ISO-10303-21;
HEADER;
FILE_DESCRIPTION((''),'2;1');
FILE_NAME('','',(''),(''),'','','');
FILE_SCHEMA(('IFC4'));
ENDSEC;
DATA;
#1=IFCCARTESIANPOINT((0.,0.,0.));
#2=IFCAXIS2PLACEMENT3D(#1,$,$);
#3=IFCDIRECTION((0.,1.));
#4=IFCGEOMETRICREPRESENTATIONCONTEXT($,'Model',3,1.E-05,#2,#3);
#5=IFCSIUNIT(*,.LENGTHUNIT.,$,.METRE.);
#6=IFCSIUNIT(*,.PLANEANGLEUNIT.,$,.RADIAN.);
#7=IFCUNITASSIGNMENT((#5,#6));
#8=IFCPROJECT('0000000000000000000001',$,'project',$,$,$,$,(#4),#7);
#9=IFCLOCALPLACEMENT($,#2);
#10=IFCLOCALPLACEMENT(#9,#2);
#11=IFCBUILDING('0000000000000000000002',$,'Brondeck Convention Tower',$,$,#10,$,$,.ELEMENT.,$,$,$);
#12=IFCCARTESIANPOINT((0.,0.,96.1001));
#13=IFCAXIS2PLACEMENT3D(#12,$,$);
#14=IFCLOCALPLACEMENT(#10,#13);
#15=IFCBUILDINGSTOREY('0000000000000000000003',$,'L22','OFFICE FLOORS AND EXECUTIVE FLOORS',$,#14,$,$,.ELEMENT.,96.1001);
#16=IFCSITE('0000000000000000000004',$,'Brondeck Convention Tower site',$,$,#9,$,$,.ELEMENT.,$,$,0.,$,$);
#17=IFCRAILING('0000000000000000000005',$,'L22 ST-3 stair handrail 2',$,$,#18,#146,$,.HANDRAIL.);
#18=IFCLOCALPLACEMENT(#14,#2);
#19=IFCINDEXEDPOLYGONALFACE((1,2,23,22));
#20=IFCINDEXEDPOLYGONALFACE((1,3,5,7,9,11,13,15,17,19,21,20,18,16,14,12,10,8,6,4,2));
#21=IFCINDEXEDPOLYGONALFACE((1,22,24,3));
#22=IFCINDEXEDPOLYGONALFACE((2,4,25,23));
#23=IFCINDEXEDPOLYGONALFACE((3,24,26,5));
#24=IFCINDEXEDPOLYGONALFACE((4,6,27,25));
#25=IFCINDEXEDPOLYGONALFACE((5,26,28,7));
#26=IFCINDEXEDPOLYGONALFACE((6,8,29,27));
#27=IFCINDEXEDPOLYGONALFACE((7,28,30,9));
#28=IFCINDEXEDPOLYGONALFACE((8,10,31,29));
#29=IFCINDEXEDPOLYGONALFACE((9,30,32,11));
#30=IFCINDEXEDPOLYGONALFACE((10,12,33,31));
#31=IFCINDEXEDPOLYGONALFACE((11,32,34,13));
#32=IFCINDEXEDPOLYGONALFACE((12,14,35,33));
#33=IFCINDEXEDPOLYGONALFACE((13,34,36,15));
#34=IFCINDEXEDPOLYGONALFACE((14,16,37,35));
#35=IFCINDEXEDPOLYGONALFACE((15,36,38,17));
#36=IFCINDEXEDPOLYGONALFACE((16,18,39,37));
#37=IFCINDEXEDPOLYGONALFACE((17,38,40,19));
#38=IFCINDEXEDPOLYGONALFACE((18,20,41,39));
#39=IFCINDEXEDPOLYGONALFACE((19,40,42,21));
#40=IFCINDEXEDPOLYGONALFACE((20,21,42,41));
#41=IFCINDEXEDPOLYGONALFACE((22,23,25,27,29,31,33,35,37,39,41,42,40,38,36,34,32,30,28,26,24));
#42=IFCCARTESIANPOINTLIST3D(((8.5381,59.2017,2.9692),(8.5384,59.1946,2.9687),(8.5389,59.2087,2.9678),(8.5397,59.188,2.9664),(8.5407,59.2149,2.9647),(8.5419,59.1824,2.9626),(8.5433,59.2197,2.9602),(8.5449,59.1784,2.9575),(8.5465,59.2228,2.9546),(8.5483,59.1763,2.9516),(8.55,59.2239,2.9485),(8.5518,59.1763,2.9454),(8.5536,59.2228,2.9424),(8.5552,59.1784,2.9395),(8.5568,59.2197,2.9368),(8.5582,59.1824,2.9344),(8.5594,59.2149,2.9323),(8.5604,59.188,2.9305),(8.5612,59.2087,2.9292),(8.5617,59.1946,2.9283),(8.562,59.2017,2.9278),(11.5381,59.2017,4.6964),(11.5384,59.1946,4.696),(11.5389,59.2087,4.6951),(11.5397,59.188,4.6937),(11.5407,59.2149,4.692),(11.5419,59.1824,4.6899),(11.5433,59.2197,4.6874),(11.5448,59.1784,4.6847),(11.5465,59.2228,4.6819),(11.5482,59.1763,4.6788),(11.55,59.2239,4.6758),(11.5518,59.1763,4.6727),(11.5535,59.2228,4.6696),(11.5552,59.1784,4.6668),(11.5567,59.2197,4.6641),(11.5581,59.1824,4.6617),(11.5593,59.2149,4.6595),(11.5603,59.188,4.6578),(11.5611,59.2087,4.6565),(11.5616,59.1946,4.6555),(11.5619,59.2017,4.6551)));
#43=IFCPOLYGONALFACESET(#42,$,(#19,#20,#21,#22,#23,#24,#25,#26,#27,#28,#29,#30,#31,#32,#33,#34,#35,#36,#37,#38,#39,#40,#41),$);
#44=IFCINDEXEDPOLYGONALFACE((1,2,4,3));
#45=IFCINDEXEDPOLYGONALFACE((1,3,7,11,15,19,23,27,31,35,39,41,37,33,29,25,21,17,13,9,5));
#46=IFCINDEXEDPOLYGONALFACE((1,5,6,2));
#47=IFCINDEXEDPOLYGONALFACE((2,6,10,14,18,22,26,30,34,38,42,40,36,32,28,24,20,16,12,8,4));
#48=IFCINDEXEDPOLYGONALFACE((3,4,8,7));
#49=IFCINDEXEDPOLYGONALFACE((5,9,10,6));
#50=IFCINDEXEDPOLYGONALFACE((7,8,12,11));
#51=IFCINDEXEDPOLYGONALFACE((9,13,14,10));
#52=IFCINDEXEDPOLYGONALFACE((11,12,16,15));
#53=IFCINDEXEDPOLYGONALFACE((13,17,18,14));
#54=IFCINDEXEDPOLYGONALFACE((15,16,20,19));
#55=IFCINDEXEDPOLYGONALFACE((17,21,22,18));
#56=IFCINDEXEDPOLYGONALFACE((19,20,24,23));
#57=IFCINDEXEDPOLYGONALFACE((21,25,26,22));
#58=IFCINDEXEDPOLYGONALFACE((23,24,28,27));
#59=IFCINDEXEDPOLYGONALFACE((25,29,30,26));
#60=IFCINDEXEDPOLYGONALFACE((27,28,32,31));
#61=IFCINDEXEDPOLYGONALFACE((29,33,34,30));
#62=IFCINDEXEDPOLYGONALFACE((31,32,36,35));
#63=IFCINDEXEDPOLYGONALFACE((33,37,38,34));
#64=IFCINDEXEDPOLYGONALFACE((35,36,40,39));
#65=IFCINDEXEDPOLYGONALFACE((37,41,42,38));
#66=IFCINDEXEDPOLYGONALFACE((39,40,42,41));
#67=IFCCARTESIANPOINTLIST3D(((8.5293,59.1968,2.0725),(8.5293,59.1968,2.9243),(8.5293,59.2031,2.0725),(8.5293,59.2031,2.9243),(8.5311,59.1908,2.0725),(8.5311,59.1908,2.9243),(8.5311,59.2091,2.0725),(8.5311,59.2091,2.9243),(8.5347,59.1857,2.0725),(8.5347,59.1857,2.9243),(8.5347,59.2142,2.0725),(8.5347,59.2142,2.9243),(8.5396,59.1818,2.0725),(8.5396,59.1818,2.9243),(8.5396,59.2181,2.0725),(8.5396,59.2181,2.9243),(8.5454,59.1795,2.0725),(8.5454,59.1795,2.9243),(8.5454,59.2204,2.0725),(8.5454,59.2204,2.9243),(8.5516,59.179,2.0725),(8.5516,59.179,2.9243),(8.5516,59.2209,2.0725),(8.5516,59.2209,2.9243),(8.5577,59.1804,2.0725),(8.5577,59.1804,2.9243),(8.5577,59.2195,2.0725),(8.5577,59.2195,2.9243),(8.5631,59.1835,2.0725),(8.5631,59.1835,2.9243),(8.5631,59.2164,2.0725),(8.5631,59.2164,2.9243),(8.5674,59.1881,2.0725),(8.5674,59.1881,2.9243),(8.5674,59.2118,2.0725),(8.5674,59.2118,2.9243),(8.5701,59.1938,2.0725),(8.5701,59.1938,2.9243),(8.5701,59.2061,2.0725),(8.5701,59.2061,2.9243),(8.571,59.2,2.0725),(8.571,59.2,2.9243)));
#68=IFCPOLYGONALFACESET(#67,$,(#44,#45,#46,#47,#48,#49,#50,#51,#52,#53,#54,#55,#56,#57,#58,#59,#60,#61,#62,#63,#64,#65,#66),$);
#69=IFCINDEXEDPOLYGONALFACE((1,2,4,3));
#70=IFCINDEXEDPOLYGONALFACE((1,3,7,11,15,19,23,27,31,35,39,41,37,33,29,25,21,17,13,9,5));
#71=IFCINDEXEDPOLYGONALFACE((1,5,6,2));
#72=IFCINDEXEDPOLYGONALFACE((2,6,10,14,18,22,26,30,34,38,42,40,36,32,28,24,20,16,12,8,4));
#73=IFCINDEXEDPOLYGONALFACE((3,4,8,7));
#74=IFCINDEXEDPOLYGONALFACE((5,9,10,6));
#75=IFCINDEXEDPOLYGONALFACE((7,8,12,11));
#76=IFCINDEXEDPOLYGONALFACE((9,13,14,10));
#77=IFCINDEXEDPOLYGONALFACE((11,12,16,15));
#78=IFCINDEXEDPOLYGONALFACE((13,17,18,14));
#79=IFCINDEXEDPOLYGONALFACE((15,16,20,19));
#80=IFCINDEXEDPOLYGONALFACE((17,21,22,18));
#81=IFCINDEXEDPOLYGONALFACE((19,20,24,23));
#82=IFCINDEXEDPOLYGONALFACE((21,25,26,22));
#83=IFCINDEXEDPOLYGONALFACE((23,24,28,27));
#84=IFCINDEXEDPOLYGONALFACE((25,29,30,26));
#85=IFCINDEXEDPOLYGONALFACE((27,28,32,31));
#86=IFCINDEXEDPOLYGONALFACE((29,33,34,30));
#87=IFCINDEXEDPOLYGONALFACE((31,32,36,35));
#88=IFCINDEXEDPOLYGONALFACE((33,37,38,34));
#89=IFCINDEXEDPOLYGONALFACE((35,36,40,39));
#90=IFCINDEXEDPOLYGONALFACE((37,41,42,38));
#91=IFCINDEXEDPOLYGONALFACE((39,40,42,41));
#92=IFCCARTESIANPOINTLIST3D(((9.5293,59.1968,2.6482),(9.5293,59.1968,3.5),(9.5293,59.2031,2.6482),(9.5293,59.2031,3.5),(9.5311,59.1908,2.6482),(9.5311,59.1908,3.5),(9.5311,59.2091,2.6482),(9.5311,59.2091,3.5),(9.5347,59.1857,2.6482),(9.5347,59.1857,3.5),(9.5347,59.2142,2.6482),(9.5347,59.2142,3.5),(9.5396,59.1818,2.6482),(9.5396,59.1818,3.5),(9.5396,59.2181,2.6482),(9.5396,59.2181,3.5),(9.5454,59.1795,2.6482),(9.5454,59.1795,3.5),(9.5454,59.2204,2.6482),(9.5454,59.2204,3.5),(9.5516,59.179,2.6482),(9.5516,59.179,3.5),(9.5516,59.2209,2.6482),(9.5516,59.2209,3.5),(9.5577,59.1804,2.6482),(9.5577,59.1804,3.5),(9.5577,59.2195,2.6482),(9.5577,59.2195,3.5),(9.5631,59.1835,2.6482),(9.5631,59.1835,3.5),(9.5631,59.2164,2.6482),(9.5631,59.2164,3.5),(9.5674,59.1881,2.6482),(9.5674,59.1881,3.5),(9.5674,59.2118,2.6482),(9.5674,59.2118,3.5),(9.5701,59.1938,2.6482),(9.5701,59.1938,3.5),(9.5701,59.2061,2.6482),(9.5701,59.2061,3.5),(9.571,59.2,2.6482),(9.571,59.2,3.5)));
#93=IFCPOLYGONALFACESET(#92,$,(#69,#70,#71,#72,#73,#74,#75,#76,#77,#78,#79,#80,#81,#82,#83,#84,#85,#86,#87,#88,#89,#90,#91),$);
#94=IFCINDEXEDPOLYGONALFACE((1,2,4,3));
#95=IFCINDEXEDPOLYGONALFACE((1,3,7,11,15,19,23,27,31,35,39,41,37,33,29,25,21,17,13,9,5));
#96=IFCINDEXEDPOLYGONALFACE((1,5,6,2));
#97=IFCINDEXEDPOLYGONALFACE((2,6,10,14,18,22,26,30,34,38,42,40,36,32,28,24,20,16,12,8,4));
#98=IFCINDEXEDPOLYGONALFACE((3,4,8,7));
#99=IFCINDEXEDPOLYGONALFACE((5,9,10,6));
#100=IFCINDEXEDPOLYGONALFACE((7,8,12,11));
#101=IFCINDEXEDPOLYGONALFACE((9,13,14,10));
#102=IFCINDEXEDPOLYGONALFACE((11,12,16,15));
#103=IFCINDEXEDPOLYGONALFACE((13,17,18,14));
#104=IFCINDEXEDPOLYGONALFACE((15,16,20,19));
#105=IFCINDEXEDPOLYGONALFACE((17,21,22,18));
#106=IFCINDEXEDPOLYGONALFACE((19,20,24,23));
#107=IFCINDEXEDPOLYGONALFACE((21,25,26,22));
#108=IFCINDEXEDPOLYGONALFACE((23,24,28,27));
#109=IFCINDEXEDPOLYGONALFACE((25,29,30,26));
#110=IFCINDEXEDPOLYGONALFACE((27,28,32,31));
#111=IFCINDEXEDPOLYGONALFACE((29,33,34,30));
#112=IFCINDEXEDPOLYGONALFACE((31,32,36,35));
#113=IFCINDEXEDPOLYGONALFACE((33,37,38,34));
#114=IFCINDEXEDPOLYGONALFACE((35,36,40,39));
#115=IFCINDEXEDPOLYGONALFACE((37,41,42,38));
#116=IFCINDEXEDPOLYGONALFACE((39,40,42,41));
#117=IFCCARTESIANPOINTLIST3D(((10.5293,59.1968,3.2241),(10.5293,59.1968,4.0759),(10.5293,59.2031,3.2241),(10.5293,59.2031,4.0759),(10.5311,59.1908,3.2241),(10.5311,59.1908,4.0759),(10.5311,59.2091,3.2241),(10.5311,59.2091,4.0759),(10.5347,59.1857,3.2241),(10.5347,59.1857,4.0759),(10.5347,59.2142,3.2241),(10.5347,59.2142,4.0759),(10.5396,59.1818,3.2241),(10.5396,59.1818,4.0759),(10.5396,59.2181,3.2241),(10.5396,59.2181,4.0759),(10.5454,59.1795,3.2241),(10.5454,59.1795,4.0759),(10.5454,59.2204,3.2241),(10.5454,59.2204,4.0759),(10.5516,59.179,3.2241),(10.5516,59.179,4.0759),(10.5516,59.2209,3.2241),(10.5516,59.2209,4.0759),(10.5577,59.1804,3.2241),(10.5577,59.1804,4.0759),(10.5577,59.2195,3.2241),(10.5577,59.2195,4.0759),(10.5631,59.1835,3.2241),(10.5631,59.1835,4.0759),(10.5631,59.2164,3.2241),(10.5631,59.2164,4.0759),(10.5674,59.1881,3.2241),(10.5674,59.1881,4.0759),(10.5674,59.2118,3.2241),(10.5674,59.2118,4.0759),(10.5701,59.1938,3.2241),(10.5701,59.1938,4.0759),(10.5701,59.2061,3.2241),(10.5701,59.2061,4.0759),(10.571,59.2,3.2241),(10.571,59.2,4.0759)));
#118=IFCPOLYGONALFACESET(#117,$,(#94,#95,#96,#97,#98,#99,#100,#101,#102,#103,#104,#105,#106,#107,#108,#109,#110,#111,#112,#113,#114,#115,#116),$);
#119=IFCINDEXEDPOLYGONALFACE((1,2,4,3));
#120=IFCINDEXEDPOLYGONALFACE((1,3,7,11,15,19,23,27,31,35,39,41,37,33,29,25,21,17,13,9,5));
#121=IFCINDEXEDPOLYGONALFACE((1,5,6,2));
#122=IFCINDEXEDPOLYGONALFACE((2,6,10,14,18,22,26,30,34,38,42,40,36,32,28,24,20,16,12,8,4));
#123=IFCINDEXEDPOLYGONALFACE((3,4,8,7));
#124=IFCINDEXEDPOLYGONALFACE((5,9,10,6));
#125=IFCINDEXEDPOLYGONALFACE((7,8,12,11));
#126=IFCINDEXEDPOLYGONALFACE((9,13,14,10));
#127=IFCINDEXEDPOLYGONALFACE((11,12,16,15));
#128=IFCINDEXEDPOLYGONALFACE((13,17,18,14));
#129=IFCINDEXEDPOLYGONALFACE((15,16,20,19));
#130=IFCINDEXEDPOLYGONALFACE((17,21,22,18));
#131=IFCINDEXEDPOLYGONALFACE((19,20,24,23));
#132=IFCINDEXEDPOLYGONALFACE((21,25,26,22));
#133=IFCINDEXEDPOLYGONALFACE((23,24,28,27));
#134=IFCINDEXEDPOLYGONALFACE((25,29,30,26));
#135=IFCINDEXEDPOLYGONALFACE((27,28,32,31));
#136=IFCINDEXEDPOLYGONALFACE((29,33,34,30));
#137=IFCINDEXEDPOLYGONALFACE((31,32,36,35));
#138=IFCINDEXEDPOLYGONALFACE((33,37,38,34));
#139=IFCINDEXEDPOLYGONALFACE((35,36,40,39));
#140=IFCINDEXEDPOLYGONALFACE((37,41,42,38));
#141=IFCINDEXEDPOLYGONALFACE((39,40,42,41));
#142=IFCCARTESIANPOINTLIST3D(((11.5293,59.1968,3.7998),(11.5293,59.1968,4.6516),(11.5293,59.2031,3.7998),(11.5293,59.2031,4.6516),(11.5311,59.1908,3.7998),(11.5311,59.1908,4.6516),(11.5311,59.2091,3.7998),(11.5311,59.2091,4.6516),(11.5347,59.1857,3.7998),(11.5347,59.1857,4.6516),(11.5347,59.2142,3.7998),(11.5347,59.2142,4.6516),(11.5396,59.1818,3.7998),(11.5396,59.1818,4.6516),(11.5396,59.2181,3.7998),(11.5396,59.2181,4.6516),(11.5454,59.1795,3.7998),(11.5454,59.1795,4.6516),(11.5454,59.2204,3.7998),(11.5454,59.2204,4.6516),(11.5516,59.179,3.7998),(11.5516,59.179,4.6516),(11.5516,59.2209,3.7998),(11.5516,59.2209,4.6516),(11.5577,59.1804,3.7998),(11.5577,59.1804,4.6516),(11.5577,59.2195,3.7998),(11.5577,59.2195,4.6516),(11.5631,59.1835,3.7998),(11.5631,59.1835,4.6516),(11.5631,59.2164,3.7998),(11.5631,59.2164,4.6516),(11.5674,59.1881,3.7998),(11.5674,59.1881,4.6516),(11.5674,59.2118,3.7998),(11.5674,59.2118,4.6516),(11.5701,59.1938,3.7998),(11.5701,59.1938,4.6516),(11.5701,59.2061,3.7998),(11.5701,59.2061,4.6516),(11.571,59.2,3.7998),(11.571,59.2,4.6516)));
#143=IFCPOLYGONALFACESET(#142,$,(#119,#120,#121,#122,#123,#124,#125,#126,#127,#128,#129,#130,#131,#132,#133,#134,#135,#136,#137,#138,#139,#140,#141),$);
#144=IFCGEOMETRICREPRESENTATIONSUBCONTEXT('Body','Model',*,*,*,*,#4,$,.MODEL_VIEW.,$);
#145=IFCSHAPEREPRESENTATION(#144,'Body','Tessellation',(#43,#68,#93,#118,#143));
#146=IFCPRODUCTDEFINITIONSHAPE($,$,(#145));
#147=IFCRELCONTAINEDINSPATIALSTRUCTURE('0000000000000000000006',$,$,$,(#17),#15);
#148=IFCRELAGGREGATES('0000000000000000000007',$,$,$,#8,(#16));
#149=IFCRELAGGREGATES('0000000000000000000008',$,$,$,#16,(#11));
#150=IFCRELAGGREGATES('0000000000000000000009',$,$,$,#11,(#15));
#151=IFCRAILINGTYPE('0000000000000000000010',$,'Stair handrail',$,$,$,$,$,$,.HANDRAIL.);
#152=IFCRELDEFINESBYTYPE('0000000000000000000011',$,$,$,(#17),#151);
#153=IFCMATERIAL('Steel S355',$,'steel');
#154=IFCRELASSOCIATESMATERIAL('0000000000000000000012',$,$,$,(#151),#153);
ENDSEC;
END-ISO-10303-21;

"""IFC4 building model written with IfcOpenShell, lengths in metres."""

from ifc_helpers import new_model, si_unit, direction, frame, origin, origin_2d, place, context, subcontext, project, spatial, circle, extrude, material, type_object, element, save


model = new_model("IFC4")

# Units and contexts
model_context = context("Model", 3, precision=1e-05, world=origin(), true_north=direction((0.0, 1.0)))
body_context = subcontext(model_context, "Body", "Model", "MODEL_VIEW")
ifc_project = project(units=[si_unit("LENGTHUNIT", "METRE"), si_unit("PLANEANGLEUNIT", "RADIAN")], contexts=[model_context])

# Site, building, storey
site_placement = place(None, origin())
site = spatial("IfcSite", under=ifc_project, at=site_placement, Name="Brondeck Convention Tower site", CompositionType="ELEMENT", RefElevation=0.0)
building_placement = place(site_placement, origin())
building = spatial("IfcBuilding", under=site, at=building_placement, Name="Brondeck Convention Tower", CompositionType="ELEMENT")
storey_placement = place(building_placement, frame((0.0, 0.0, 96.1001)))
storey = spatial("IfcBuildingStorey", under=building, at=storey_placement, Name="L22", Description="OFFICE FLOORS AND EXECUTIVE FLOORS", CompositionType="ELEMENT", Elevation=96.1001)

# Railing
ifc_material_1 = material(Name="Steel S355", Category="steel")
railing_type_1 = type_object("IfcRailingType", Name="Stair handrail", PredefinedType="HANDRAIL", material=ifc_material_1)
railing_1_placement = place(storey_placement, frame((8.55, 59.2, 2.0725)))
element("IfcRailing", 1, at=railing_1_placement, inside=storey, type_object=railing_type_1, Name="L22 ST-3 stair handrail 2", PredefinedType="HANDRAIL", context=body_context, shape_type="SweptSolid", body=[
    extrude(circle(Radius=0.0239, at=origin_2d()), frame((0.0, 0.0, 0.876), z_axis=(0.86662, 0.0, 0.498969), x_axis=(0.0, 1.0, 0.0)), (0.0, 0.0, 1.0), 3.4617),
    extrude(circle(Radius=0.021, at=origin_2d()), origin(), (0.0, 0.0, 1.0), 0.8518),
    extrude(circle(Radius=0.021, at=origin_2d()), frame((1.0, 0.0, 0.5757)), (0.0, 0.0, 1.0), 0.8518),
    extrude(circle(Radius=0.021, at=origin_2d()), frame((2.0, 0.0, 1.1516)), (0.0, 0.0, 1.0), 0.8518),
    extrude(circle(Radius=0.021, at=origin_2d()), frame((3.0, 0.0, 1.7273)), (0.0, 0.0, 1.0), 0.8518),
])

save(model, "model.ifc")
